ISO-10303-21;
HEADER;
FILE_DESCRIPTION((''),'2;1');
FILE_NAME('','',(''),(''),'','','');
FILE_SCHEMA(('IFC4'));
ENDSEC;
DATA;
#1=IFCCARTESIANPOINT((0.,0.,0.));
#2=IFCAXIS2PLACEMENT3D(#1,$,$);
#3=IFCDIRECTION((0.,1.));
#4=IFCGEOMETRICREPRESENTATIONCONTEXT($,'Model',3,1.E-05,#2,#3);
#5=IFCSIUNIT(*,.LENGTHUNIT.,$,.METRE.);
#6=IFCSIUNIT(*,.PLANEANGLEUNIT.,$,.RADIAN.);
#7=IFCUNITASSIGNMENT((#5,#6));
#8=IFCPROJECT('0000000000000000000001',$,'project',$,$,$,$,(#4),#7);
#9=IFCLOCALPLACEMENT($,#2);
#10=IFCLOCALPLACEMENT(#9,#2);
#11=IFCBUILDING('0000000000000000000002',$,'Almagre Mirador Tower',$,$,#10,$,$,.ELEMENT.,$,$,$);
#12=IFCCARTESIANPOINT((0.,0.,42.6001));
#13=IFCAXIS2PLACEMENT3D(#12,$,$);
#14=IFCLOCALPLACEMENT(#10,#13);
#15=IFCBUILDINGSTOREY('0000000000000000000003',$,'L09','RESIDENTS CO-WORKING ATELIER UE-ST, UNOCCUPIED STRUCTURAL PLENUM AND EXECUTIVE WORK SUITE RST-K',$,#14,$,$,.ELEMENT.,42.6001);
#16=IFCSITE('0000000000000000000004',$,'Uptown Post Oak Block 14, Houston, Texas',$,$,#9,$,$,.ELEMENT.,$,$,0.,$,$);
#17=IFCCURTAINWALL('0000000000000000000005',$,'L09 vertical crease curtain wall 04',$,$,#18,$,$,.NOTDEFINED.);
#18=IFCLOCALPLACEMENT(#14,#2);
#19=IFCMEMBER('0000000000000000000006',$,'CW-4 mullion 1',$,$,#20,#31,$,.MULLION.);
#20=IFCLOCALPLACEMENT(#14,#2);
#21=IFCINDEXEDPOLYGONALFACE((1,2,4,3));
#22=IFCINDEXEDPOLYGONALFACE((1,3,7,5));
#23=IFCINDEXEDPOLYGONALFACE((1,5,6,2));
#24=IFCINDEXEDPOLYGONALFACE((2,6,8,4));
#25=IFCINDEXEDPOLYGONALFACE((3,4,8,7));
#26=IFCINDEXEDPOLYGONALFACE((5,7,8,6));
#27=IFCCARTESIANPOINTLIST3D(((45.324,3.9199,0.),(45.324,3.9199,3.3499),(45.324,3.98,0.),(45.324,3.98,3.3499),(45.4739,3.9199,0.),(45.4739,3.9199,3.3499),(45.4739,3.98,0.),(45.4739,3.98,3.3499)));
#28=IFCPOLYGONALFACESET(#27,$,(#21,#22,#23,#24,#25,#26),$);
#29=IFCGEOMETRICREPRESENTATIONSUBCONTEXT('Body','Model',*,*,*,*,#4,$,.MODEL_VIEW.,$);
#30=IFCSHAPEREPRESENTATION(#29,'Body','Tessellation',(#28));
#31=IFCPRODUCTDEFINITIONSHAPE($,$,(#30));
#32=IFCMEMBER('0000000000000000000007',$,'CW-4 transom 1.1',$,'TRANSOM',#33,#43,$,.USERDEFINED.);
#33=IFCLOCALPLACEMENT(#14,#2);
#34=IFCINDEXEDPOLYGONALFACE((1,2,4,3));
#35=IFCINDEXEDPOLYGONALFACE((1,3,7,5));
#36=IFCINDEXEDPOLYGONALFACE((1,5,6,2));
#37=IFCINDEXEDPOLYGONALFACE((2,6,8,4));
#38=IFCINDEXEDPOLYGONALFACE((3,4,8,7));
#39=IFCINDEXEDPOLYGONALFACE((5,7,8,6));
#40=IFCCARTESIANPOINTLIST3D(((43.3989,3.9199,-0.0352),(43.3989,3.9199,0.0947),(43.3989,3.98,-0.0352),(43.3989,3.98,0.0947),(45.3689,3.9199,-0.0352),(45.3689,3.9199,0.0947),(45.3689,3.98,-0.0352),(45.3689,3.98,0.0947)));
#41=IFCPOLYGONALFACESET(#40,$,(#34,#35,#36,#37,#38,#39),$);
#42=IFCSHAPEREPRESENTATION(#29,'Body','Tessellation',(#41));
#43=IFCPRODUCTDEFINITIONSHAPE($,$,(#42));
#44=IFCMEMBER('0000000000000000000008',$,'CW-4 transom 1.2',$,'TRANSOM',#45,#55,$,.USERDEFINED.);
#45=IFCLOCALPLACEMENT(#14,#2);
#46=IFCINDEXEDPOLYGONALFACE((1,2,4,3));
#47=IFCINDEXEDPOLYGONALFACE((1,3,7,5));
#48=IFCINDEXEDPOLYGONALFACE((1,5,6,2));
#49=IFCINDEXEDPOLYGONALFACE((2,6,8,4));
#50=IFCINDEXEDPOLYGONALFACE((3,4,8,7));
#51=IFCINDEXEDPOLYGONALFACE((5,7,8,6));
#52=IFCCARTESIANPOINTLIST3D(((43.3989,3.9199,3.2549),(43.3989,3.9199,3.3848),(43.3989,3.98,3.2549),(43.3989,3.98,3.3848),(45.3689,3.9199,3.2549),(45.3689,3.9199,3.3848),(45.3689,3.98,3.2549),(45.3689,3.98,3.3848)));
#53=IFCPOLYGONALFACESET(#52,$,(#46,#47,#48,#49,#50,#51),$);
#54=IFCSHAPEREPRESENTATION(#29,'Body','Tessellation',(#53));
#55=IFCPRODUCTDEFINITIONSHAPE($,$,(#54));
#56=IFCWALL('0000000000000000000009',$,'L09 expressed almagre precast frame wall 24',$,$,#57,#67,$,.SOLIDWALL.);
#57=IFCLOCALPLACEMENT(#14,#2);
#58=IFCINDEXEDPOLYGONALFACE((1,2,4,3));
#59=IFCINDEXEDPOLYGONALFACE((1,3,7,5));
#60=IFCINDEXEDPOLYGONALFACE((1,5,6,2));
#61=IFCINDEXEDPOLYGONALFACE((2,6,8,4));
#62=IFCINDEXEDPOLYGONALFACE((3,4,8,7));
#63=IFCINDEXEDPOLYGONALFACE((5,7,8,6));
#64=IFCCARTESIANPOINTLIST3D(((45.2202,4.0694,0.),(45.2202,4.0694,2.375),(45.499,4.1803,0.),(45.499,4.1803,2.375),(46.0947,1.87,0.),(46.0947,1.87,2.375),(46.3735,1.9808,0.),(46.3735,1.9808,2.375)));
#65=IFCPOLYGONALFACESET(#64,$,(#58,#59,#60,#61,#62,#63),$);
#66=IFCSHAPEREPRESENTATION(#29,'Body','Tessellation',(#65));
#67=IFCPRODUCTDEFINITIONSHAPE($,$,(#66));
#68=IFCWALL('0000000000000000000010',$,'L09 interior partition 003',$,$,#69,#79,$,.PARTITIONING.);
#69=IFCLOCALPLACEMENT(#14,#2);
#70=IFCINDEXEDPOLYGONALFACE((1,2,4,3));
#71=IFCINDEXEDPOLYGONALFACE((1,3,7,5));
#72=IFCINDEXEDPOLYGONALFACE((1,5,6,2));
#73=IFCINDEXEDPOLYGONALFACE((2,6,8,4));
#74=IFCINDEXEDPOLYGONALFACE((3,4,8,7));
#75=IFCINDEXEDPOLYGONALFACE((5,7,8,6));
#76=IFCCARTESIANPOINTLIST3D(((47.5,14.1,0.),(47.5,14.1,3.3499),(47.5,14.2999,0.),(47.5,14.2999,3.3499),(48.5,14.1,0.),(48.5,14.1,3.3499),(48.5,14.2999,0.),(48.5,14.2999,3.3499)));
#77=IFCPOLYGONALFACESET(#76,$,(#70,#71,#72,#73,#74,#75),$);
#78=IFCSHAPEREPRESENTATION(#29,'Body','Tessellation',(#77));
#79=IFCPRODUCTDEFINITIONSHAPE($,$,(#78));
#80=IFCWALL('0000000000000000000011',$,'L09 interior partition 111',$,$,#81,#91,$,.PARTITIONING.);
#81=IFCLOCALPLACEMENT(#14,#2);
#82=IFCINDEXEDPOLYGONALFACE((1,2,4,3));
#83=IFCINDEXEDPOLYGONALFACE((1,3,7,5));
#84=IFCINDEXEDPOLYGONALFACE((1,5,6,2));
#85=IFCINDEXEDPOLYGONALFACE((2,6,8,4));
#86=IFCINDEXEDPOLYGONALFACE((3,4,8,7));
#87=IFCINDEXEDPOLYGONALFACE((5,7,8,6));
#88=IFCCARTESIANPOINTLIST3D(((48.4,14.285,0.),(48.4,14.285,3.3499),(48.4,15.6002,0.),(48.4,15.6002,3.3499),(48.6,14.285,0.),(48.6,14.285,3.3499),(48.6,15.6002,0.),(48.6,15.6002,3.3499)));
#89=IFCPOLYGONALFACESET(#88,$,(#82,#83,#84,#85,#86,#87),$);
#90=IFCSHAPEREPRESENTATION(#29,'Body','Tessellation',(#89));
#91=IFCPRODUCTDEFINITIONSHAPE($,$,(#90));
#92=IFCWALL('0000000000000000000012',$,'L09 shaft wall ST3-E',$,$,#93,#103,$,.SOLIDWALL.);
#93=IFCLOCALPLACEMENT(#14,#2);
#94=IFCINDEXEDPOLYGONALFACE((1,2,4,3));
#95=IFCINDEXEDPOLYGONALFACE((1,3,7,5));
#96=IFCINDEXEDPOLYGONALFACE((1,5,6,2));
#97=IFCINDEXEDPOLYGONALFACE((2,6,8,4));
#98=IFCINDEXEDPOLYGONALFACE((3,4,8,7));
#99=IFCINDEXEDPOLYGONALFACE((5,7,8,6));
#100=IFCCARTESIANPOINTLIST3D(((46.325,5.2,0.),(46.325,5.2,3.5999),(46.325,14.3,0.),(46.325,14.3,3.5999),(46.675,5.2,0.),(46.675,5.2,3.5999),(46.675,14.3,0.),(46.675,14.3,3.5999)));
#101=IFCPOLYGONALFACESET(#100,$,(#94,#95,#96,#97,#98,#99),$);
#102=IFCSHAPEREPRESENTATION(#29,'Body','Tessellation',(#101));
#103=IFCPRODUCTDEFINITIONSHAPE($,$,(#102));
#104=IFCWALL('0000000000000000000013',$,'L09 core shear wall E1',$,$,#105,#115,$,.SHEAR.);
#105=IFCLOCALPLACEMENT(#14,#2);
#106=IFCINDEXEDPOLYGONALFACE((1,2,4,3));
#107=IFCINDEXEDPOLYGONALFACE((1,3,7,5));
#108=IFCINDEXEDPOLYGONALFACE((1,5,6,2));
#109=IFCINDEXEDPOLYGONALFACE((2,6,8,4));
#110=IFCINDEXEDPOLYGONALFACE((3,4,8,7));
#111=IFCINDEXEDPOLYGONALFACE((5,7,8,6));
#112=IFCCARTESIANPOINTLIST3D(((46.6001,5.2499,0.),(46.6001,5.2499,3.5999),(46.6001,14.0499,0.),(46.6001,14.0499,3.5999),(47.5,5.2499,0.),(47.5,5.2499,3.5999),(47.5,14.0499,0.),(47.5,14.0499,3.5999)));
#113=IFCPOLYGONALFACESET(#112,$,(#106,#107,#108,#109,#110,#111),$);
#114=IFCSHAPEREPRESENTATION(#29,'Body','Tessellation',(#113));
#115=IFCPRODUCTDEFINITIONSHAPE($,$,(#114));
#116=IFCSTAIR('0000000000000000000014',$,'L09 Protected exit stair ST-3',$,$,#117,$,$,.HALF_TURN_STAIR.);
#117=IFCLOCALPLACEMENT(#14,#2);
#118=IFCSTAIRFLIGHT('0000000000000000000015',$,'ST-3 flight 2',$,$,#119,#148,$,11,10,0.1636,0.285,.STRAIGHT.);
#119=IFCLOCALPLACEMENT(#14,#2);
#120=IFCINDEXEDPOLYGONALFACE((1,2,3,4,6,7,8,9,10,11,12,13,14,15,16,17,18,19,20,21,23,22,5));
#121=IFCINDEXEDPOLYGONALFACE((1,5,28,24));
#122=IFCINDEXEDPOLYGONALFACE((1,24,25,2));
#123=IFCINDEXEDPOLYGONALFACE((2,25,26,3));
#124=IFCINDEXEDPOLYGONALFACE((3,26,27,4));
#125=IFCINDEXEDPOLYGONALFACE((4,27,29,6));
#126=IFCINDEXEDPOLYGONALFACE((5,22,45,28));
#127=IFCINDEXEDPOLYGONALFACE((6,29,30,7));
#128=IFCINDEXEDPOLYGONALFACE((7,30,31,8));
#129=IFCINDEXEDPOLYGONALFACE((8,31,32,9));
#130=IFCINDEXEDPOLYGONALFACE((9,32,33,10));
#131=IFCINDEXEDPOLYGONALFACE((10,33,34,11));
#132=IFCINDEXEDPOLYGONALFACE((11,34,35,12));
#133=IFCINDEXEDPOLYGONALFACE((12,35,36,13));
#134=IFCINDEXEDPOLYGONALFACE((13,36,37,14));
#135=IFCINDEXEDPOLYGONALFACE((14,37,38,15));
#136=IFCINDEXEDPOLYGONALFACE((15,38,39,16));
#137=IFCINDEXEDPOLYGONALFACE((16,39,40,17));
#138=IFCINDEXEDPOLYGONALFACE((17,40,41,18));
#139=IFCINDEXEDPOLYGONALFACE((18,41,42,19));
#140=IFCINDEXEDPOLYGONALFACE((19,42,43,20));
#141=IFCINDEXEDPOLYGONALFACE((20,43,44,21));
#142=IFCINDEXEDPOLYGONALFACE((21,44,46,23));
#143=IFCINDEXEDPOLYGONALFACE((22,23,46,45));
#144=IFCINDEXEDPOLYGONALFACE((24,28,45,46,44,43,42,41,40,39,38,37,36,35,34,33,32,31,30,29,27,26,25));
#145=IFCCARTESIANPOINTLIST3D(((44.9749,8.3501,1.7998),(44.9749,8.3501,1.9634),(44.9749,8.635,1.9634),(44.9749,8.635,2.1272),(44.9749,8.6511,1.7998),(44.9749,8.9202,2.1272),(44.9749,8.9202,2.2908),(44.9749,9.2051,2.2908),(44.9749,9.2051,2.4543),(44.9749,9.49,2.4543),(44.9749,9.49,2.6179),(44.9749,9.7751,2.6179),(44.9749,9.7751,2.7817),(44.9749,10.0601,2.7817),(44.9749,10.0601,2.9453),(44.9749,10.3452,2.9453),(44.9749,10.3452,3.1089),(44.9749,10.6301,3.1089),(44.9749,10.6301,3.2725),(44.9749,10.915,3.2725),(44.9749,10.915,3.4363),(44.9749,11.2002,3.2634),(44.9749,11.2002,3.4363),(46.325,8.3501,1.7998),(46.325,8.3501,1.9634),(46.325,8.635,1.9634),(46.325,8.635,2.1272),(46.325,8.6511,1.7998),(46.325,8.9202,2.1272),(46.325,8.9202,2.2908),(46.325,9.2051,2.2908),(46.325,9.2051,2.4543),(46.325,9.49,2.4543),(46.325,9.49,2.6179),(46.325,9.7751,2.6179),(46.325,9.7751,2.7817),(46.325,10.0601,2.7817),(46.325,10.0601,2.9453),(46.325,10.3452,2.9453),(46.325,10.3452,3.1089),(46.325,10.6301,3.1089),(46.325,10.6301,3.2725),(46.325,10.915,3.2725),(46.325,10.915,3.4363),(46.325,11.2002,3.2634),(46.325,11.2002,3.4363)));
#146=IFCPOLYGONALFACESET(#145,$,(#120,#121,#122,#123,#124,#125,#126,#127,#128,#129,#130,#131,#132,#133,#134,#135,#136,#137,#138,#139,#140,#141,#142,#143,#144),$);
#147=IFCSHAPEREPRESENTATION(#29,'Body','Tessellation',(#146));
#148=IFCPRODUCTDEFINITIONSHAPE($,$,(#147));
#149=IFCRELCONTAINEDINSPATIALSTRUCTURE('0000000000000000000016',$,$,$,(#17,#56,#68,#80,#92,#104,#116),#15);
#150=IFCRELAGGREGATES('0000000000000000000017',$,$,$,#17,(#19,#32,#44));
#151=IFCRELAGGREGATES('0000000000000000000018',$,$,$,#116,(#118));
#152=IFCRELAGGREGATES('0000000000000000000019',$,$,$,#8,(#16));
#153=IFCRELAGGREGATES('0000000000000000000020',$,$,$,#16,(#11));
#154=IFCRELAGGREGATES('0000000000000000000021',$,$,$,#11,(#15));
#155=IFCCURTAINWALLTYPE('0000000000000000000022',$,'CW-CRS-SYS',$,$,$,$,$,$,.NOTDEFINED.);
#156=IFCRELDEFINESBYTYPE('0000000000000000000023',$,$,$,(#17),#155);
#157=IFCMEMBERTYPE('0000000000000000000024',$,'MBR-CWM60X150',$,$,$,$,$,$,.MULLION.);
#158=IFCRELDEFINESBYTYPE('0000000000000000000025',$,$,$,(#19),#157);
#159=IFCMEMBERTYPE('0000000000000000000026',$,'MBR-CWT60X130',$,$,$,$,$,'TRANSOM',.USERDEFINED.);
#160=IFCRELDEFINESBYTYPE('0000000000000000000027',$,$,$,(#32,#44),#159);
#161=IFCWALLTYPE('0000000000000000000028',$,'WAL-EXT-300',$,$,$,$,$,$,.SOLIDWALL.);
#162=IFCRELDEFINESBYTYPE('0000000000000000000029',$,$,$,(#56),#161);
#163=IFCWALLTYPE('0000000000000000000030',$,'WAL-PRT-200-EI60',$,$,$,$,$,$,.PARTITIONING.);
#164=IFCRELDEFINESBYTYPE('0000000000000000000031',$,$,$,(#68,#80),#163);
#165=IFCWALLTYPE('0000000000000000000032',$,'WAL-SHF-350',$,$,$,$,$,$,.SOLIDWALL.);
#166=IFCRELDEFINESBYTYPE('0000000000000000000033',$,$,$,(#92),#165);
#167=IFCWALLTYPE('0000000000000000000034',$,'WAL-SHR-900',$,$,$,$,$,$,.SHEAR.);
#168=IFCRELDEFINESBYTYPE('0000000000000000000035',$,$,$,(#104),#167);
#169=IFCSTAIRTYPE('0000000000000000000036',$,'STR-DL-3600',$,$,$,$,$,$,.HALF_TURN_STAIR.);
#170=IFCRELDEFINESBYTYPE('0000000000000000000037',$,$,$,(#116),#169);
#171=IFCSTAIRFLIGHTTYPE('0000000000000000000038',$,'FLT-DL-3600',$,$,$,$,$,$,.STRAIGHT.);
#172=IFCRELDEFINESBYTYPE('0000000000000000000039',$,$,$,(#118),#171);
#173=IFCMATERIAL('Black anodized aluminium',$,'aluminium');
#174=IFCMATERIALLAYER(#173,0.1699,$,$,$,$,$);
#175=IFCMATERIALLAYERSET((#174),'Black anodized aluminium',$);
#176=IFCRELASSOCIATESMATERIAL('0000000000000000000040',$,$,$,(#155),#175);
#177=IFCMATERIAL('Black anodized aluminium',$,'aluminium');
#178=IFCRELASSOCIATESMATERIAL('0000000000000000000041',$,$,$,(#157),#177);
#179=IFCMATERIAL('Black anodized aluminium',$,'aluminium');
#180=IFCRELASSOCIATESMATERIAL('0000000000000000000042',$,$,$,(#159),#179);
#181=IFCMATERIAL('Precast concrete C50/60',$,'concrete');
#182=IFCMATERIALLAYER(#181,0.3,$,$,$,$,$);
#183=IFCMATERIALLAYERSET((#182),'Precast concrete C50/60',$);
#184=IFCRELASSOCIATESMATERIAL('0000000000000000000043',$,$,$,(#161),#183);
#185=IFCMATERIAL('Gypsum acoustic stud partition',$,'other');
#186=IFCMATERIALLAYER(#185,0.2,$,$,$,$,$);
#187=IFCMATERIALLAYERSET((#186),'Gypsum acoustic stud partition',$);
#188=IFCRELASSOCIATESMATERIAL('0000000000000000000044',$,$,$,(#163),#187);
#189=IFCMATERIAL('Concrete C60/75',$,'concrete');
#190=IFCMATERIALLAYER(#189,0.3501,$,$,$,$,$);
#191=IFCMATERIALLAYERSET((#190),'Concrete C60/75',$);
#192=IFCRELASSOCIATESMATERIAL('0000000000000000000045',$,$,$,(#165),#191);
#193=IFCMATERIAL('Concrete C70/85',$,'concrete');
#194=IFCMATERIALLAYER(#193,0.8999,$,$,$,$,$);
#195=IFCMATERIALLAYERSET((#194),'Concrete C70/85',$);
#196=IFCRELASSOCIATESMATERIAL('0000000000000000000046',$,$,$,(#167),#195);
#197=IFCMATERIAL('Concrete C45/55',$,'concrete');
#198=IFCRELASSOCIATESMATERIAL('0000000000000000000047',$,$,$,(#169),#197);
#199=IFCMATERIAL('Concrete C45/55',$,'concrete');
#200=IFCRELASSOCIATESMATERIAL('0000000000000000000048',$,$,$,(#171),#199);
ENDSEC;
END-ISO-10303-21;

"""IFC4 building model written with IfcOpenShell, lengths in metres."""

from ifc_helpers import new_model, si_unit, direction, frame, frame_2d, origin, origin_2d, place, context, subcontext, project, spatial, polyline, rectangle, outline, extrude, material, layer, layer_set, material_profile, profile_set, type_object, element, aggregate, save


model = new_model("IFC4")

# Units and contexts
model_context = context("Model", 3, precision=1e-05, world=origin(), true_north=direction((0.0, 1.0)))
body_context = subcontext(model_context, "Body", "Model", "MODEL_VIEW")
ifc_project = project(units=[si_unit("LENGTHUNIT", "METRE"), si_unit("PLANEANGLEUNIT", "RADIAN")], contexts=[model_context])

# Site, building, storey
site_placement = place(None, origin())
site = spatial("IfcSite", under=ifc_project, at=site_placement, Name="Uptown Post Oak Block 14, Houston, Texas", CompositionType="ELEMENT", RefElevation=0.0)
building_placement = place(site_placement, origin())
building = spatial("IfcBuilding", under=site, at=building_placement, Name="Almagre Mirador Tower", CompositionType="ELEMENT")
storey_placement = place(building_placement, frame((0.0, 0.0, 42.6001)))
storey = spatial("IfcBuildingStorey", under=building, at=storey_placement, Name="L09", Description="RESIDENTS CO-WORKING ATELIER UE-ST, UNOCCUPIED STRUCTURAL PLENUM AND EXECUTIVE WORK SUITE RST-K", CompositionType="ELEMENT", Elevation=42.6001)

# Curtain wall, members
ifc_material_1 = material(Name="Black anodized aluminium", Category="aluminium")
ifc_layer_1 = layer(ifc_material_1, 0.1699)
ifc_layer_set_1 = layer_set([ifc_layer_1], Name="Black anodized aluminium")
curtain_wall_type = type_object("IfcCurtainWallType", Name="CW-CRS-SYS", PredefinedType="NOTDEFINED", material=ifc_layer_set_1)
curtain_wall_placement = place(storey_placement, origin())
curtain_wall = element("IfcCurtainWall", 1, at=curtain_wall_placement, inside=storey, type_object=curtain_wall_type, Name="L09 vertical crease curtain wall 04", PredefinedType="NOTDEFINED")
ifc_material_2 = material(Name="Black anodized aluminium", Category="aluminium")
ifc_material_profile_1 = material_profile(ifc_material_2, rectangle(XDim=0.0601, YDim=0.1499, at=origin_2d()), Name="CWM60X150")
ifc_profile_set_1 = profile_set([ifc_material_profile_1], Name="Black anodized aluminium")
member_type_1 = type_object("IfcMemberType", Name="MBR-CWM60X150", PredefinedType="MULLION", material=ifc_profile_set_1)
member_1_placement = place(storey_placement, frame((45.3989, 3.95, 0.0), z_axis=(0.0, 0.0, 1.0), x_axis=(0.0, -1.0, 0.0)))
member_1 = element("IfcMember", 2, at=member_1_placement, type_object=member_type_1, Name="CW-4 mullion 1", PredefinedType="MULLION", context=body_context, shape_type="SweptSolid", body=[
    extrude(rectangle(XDim=0.0601, YDim=0.1499, at=origin_2d()), origin(), (0.0, 0.0, 1.0), 3.3499),
])
ifc_material_3 = material(Name="Black anodized aluminium", Category="aluminium")
ifc_material_profile_2 = material_profile(ifc_material_3, rectangle(XDim=0.0601, YDim=0.1299, at=origin_2d()), Name="CWT60X130")
ifc_profile_set_2 = profile_set([ifc_material_profile_2], Name="Black anodized aluminium")
member_type_2 = type_object("IfcMemberType", Name="MBR-CWT60X130", ElementType="TRANSOM", PredefinedType="USERDEFINED", material=ifc_profile_set_2)
member_2_placement = place(storey_placement, frame((45.3689, 3.95, 0.0298), z_axis=(-1.0, 0.0, 0.0), x_axis=(0.0, -1.0, 0.0)))
member_2 = element("IfcMember", 3, at=member_2_placement, type_object=member_type_2, Name="CW-4 transom 1.1", ObjectType="TRANSOM", PredefinedType="USERDEFINED", context=body_context, shape_type="SweptSolid", body=[
    extrude(rectangle(XDim=0.0601, YDim=0.1299, at=origin_2d()), origin(), (0.0, 0.0, 1.0), 1.97),
])
member_3_placement = place(storey_placement, frame((45.3689, 3.95, 3.3198), z_axis=(-1.0, 0.0, 0.0), x_axis=(0.0, -1.0, 0.0)))
member_3 = element("IfcMember", 4, at=member_3_placement, type_object=member_type_2, Name="CW-4 transom 1.2", ObjectType="TRANSOM", PredefinedType="USERDEFINED", context=body_context, shape_type="SweptSolid", body=[
    extrude(rectangle(XDim=0.0601, YDim=0.1299, at=origin_2d()), origin(), (0.0, 0.0, 1.0), 1.97),
])
aggregate(curtain_wall, [member_1, member_2, member_3])

# Walls
ifc_material_4 = material(Name="Precast concrete C50/60", Category="concrete")
ifc_layer_2 = layer(ifc_material_4, 0.3)
ifc_layer_set_2 = layer_set([ifc_layer_2], Name="Precast concrete C50/60")
wall_type_1 = type_object("IfcWallType", Name="WAL-EXT-300", PredefinedType="SOLIDWALL", material=ifc_layer_set_2)
wall_1_placement = place(storey_placement, frame((46.2341, 1.9253, 0.0), z_axis=(0.0, 0.0, 1.0), x_axis=(-0.369469, 0.929243, 0.0)))
element("IfcWall", 5, at=wall_1_placement, inside=storey, type_object=wall_type_1, Name="L09 expressed almagre precast frame wall 24", PredefinedType="SOLIDWALL", context=body_context, shape_type="SweptSolid", body=[
    extrude(rectangle(XDim=2.3669, YDim=0.3, at=frame_2d((1.1836, 0.0))), origin(), (0.0, 0.0, 1.0), 2.375),
])
ifc_material_5 = material(Name="Gypsum acoustic stud partition", Category="other")
ifc_layer_3 = layer(ifc_material_5, 0.2)
ifc_layer_set_3 = layer_set([ifc_layer_3], Name="Gypsum acoustic stud partition")
wall_type_2 = type_object("IfcWallType", Name="WAL-PRT-200-EI60", PredefinedType="PARTITIONING", material=ifc_layer_set_3)
wall_2_placement = place(storey_placement, frame((47.5, 14.2, 0.0), z_axis=(0.0, 0.0, 1.0), x_axis=(1.0, 0.0, 0.0)))
element("IfcWall", 6, at=wall_2_placement, inside=storey, type_object=wall_type_2, Name="L09 interior partition 003", PredefinedType="PARTITIONING", context=body_context, shape_type="SweptSolid", body=[
    extrude(rectangle(XDim=1.0, YDim=0.2, at=frame_2d((0.5, 0.0))), origin(), (0.0, 0.0, 1.0), 3.3499),
])
wall_3_placement = place(storey_placement, frame((48.5, 14.2849, 0.0), z_axis=(0.0, 0.0, 1.0), x_axis=(0.0, 1.0, 0.0)))
element("IfcWall", 7, at=wall_3_placement, inside=storey, type_object=wall_type_2, Name="L09 interior partition 111", PredefinedType="PARTITIONING", context=body_context, shape_type="SweptSolid", body=[
    extrude(rectangle(XDim=1.3152, YDim=0.2, at=frame_2d((0.6577, 0.0))), origin(), (0.0, 0.0, 1.0), 3.3499),
])
ifc_material_6 = material(Name="Concrete C60/75", Category="concrete")
ifc_layer_4 = layer(ifc_material_6, 0.3501)
ifc_layer_set_4 = layer_set([ifc_layer_4], Name="Concrete C60/75")
wall_type_3 = type_object("IfcWallType", Name="WAL-SHF-350", PredefinedType="SOLIDWALL", material=ifc_layer_set_4)
wall_4_placement = place(storey_placement, frame((46.5, 5.2, 0.0), z_axis=(0.0, 0.0, 1.0), x_axis=(0.0, 1.0, 0.0)))
element("IfcWall", 8, at=wall_4_placement, inside=storey, type_object=wall_type_3, Name="L09 shaft wall ST3-E", PredefinedType="SOLIDWALL", context=body_context, shape_type="SweptSolid", body=[
    extrude(rectangle(XDim=9.1001, YDim=0.3501, at=frame_2d((4.55, 0.0))), origin(), (0.0, 0.0, 1.0), 3.5999),
])
ifc_material_7 = material(Name="Concrete C70/85", Category="concrete")
ifc_layer_5 = layer(ifc_material_7, 0.8999)
ifc_layer_set_5 = layer_set([ifc_layer_5], Name="Concrete C70/85")
wall_type_4 = type_object("IfcWallType", Name="WAL-SHR-900", PredefinedType="SHEAR", material=ifc_layer_set_5)
wall_5_placement = place(storey_placement, frame((47.05, 5.25, 0.0), z_axis=(0.0, 0.0, 1.0), x_axis=(0.0, 1.0, 0.0)))
element("IfcWall", 9, at=wall_5_placement, inside=storey, type_object=wall_type_4, Name="L09 core shear wall E1", PredefinedType="SHEAR", context=body_context, shape_type="SweptSolid", body=[
    extrude(rectangle(XDim=8.8, YDim=0.8999, at=frame_2d((4.3999, 0.0))), origin(), (0.0, 0.0, 1.0), 3.5999),
])

# Stair, stair flight
ifc_material_8 = material(Name="Concrete C45/55", Category="concrete")
stair_type = type_object("IfcStairType", Name="STR-DL-3600", PredefinedType="HALF_TURN_STAIR", material=ifc_material_8)
stair_placement = place(storey_placement, origin())
stair = element("IfcStair", 10, at=stair_placement, inside=storey, type_object=stair_type, Name="L09 Protected exit stair ST-3", PredefinedType="HALF_TURN_STAIR")
ifc_material_9 = material(Name="Concrete C45/55", Category="concrete")
stair_flight_type = type_object("IfcStairFlightType", Name="FLT-DL-3600", PredefinedType="STRAIGHT", material=ifc_material_9)
stair_flight_placement = place(storey_placement, frame((45.6499, 8.3501, 1.7998), z_axis=(0.0, 0.0, 1.0), x_axis=(0.0, 1.0, 0.0)))
stair_flight = element("IfcStairFlight", 11, at=stair_flight_placement, type_object=stair_flight_type, Name="ST-3 flight 2", NumberOfRisers=11, NumberOfTreads=10, PredefinedType="STRAIGHT", RiserHeight=0.1636, TreadLength=0.285, context=body_context, shape_type="SweptSolid", body=[
    extrude(outline(polyline([(0.0, 0.0), (0.0, 0.1636), (0.2849, 0.1636), (0.2849, 0.3274), (0.5701, 0.3274), (0.5701, 0.491), (0.855, 0.491), (0.855, 0.6545), (1.1399, 0.6545), (1.1399, 0.8181), (1.425, 0.8181), (1.425, 0.9819), (1.71, 0.9819), (1.71, 1.1455), (1.9951, 1.1455), (1.9951, 1.3091), (2.28, 1.3091), (2.28, 1.4727), (2.5649, 1.4727), (2.5649, 1.6365), (2.8501, 1.6365), (2.8501, 1.8), (2.8501, 1.4636), (0.301, 0.0), (0.0, 0.0)])), frame((0.0, 0.675, 0.0), z_axis=(0.0, -1.0, 0.0), x_axis=(1.0, 0.0, 0.0)), (0.0, 0.0, 1.0), 1.3501),
])
aggregate(stair, [stair_flight])

save(model, "model.ifc")
